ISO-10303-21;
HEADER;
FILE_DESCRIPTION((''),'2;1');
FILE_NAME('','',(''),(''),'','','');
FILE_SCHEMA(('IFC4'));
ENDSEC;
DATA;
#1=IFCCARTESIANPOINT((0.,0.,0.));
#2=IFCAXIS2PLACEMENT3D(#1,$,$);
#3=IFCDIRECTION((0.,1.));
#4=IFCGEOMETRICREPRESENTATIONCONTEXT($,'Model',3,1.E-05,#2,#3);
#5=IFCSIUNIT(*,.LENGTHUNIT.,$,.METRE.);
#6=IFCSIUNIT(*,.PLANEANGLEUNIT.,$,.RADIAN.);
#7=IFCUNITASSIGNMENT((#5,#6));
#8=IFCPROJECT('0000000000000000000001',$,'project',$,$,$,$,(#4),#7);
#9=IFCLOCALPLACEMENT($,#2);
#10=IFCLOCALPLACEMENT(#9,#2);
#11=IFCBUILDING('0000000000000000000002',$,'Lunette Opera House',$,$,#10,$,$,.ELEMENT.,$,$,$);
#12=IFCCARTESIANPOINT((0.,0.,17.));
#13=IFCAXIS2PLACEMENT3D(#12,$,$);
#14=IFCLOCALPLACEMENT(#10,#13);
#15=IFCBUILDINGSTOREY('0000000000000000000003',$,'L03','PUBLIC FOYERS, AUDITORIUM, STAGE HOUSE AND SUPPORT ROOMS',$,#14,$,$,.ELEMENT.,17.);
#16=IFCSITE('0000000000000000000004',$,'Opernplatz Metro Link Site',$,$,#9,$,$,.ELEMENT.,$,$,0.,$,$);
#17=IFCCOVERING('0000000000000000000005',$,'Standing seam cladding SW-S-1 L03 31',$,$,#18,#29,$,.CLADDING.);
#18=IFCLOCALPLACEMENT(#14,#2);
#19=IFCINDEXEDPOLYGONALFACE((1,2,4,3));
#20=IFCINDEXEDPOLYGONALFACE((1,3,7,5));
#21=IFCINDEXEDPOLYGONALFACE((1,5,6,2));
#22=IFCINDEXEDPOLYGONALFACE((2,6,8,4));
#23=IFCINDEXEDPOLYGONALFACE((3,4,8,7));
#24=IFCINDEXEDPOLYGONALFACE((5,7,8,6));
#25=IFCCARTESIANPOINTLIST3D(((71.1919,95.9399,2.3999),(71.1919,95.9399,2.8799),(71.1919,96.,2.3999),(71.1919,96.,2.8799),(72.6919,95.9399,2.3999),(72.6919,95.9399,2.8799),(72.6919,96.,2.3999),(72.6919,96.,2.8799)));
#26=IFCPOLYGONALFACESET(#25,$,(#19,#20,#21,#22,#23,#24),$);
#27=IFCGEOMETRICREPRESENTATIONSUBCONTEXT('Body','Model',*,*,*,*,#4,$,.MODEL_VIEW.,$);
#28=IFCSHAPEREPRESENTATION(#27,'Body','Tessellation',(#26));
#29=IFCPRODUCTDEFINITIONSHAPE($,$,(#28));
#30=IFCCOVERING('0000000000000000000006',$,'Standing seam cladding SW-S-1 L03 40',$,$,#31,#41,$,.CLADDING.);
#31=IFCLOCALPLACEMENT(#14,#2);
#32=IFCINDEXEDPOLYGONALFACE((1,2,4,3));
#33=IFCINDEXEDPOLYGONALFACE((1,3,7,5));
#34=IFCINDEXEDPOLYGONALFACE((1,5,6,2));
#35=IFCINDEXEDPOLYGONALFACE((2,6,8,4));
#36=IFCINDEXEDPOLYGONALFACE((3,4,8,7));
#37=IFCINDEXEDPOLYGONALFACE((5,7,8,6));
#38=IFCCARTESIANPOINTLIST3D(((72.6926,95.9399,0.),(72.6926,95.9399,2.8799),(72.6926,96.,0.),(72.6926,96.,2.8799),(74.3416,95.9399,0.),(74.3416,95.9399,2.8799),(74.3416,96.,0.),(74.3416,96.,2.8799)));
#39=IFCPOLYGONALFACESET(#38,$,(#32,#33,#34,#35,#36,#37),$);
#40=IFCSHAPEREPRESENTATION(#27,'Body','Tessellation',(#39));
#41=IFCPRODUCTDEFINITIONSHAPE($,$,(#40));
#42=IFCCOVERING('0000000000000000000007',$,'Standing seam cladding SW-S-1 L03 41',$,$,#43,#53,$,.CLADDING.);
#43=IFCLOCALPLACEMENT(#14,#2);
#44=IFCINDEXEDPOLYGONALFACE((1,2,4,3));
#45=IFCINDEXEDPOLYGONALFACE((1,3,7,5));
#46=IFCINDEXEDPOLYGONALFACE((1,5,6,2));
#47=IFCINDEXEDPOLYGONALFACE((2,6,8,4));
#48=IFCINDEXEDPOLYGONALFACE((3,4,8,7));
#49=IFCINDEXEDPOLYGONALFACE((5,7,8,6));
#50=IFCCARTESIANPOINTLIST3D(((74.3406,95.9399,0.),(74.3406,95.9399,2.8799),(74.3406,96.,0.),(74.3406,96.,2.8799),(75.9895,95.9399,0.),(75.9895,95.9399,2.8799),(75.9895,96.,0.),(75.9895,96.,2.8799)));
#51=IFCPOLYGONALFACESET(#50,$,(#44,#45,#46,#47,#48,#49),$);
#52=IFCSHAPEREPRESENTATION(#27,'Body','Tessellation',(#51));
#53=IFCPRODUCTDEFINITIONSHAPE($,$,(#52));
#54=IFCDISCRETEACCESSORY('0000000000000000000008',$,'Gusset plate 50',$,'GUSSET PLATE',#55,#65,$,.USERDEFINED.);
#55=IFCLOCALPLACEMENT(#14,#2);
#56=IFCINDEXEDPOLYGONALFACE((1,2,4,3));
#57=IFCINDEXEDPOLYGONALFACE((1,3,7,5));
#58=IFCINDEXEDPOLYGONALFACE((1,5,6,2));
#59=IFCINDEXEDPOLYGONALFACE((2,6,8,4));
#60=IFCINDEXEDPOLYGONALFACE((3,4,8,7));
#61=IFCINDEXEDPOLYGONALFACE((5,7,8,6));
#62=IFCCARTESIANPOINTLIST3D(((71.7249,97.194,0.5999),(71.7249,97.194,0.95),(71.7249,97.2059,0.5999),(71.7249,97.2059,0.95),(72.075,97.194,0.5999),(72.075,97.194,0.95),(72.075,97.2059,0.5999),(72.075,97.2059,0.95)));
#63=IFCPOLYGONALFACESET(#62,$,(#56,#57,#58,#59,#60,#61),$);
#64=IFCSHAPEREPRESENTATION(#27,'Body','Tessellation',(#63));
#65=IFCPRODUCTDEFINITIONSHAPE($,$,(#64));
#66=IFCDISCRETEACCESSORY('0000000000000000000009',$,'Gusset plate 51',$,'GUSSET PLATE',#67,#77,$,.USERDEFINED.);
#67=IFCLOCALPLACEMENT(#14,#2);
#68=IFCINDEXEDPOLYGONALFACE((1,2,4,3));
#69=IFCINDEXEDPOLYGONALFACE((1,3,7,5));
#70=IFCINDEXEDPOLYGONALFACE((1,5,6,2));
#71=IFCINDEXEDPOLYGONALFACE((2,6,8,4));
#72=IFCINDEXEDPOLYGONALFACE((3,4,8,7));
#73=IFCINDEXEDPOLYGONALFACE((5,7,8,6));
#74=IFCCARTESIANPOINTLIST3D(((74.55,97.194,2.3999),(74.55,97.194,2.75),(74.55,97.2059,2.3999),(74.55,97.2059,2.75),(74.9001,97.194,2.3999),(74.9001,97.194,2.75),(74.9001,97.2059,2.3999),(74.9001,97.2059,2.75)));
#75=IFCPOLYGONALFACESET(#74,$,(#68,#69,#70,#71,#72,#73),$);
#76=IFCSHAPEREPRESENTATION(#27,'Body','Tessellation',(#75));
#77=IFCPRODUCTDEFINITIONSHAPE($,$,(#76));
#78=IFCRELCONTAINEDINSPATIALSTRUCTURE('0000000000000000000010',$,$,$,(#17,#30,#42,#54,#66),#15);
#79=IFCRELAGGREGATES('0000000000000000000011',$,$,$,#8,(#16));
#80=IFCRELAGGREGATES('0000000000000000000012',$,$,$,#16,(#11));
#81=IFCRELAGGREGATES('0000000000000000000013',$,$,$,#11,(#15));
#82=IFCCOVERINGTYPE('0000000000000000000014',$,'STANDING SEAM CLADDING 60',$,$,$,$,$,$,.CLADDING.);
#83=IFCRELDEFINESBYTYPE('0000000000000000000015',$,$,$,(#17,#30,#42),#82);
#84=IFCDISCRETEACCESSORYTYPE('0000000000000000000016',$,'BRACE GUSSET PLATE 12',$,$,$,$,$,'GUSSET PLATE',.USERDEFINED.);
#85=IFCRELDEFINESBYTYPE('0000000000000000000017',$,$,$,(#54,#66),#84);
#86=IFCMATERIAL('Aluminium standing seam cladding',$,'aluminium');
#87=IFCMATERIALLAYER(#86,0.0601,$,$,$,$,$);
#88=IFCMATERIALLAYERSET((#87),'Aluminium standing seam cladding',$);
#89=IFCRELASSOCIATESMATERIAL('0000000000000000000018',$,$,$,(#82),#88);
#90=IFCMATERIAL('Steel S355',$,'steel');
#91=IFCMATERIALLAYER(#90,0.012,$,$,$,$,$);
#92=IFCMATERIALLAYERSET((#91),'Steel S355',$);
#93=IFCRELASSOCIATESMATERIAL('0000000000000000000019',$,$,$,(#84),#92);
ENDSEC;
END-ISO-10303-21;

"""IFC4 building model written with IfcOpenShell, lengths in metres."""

from ifc_helpers import new_model, si_unit, direction, frame, origin, origin_2d, place, context, subcontext, project, spatial, rectangle, extrude, material, layer, layer_set, type_object, element, save


model = new_model("IFC4")

# Units and contexts
model_context = context("Model", 3, precision=1e-05, world=origin(), true_north=direction((0.0, 1.0)))
body_context = subcontext(model_context, "Body", "Model", "MODEL_VIEW")
ifc_project = project(units=[si_unit("LENGTHUNIT", "METRE"), si_unit("PLANEANGLEUNIT", "RADIAN")], contexts=[model_context])

# Site, building, storey
site_placement = place(None, origin())
site = spatial("IfcSite", under=ifc_project, at=site_placement, Name="Opernplatz Metro Link Site", CompositionType="ELEMENT", RefElevation=0.0)
building_placement = place(site_placement, origin())
building = spatial("IfcBuilding", under=site, at=building_placement, Name="Lunette Opera House", CompositionType="ELEMENT")
storey_placement = place(building_placement, frame((0.0, 0.0, 17.0)))
storey = spatial("IfcBuildingStorey", under=building, at=storey_placement, Name="L03", Description="PUBLIC FOYERS, AUDITORIUM, STAGE HOUSE AND SUPPORT ROOMS", CompositionType="ELEMENT", Elevation=17.0)

# Coverings
ifc_material_1 = material(Name="Aluminium standing seam cladding", Category="aluminium")
ifc_layer_1 = layer(ifc_material_1, 0.0601)
ifc_layer_set_1 = layer_set([ifc_layer_1], Name="Aluminium standing seam cladding")
covering_type_1 = type_object("IfcCoveringType", Name="STANDING SEAM CLADDING 60", PredefinedType="CLADDING", material=ifc_layer_set_1)
covering_1_placement = place(storey_placement, frame((71.9419, 95.97, 2.3999), z_axis=(0.0, 0.0, 1.0), x_axis=(1.0, 0.0, 0.0)))
element("IfcCovering", 1, at=covering_1_placement, inside=storey, type_object=covering_type_1, Name="Standing seam cladding SW-S-1 L03 31", PredefinedType="CLADDING", context=body_context, shape_type="SweptSolid", body=[
    extrude(rectangle(XDim=1.5, YDim=0.0601, at=origin_2d()), origin(), (0.0, 0.0, 1.0), 0.48),
])
for number, where, z_axis, x_axis, name in (
    (2, (73.5171, 95.97, 0.0), (0.0, 0.0, 1.0), (1.0, 0.0, 0.0), "Standing seam cladding SW-S-1 L03 40"),
    (3, (75.165, 95.97, 0.0), (0.0, 0.0, 1.0), (1.0, 0.0, 0.0), "Standing seam cladding SW-S-1 L03 41"),
):
    element("IfcCovering", number, at=place(storey_placement, frame(where, z_axis=z_axis, x_axis=x_axis)), inside=storey, type_object=covering_type_1, Name=name, PredefinedType="CLADDING", context=body_context, shape_type="SweptSolid", body=[
        extrude(rectangle(XDim=1.6489, YDim=0.0601, at=origin_2d()), origin(), (0.0, 0.0, 1.0), 2.8799),
    ])

# Discrete accessories
ifc_material_2 = material(Name="Steel S355", Category="steel")
ifc_layer_2 = layer(ifc_material_2, 0.012)
ifc_layer_set_2 = layer_set([ifc_layer_2], Name="Steel S355")
discrete_accessory_type = type_object("IfcDiscreteAccessoryType", Name="BRACE GUSSET PLATE 12", ElementType="GUSSET PLATE", PredefinedType="USERDEFINED", material=ifc_layer_set_2)
for number, where, z_axis, x_axis, name in (
    (4, (71.8999, 97.2, 0.5999), (0.0, 0.0, 1.0), (1.0, 0.0, 0.0), "Gusset plate 50"),
    (5, (74.7251, 97.2, 2.3999), (0.0, 0.0, 1.0), (1.0, 0.0, 0.0), "Gusset plate 51"),
):
    element("IfcDiscreteAccessory", number, at=place(storey_placement, frame(where, z_axis=z_axis, x_axis=x_axis)), inside=storey, type_object=discrete_accessory_type, Name=name, ObjectType="GUSSET PLATE", PredefinedType="USERDEFINED", context=body_context, shape_type="SweptSolid", body=[
        extrude(rectangle(XDim=0.3501, YDim=0.012, at=origin_2d()), origin(), (0.0, 0.0, 1.0), 0.3501),
    ])

save(model, "model.ifc")
